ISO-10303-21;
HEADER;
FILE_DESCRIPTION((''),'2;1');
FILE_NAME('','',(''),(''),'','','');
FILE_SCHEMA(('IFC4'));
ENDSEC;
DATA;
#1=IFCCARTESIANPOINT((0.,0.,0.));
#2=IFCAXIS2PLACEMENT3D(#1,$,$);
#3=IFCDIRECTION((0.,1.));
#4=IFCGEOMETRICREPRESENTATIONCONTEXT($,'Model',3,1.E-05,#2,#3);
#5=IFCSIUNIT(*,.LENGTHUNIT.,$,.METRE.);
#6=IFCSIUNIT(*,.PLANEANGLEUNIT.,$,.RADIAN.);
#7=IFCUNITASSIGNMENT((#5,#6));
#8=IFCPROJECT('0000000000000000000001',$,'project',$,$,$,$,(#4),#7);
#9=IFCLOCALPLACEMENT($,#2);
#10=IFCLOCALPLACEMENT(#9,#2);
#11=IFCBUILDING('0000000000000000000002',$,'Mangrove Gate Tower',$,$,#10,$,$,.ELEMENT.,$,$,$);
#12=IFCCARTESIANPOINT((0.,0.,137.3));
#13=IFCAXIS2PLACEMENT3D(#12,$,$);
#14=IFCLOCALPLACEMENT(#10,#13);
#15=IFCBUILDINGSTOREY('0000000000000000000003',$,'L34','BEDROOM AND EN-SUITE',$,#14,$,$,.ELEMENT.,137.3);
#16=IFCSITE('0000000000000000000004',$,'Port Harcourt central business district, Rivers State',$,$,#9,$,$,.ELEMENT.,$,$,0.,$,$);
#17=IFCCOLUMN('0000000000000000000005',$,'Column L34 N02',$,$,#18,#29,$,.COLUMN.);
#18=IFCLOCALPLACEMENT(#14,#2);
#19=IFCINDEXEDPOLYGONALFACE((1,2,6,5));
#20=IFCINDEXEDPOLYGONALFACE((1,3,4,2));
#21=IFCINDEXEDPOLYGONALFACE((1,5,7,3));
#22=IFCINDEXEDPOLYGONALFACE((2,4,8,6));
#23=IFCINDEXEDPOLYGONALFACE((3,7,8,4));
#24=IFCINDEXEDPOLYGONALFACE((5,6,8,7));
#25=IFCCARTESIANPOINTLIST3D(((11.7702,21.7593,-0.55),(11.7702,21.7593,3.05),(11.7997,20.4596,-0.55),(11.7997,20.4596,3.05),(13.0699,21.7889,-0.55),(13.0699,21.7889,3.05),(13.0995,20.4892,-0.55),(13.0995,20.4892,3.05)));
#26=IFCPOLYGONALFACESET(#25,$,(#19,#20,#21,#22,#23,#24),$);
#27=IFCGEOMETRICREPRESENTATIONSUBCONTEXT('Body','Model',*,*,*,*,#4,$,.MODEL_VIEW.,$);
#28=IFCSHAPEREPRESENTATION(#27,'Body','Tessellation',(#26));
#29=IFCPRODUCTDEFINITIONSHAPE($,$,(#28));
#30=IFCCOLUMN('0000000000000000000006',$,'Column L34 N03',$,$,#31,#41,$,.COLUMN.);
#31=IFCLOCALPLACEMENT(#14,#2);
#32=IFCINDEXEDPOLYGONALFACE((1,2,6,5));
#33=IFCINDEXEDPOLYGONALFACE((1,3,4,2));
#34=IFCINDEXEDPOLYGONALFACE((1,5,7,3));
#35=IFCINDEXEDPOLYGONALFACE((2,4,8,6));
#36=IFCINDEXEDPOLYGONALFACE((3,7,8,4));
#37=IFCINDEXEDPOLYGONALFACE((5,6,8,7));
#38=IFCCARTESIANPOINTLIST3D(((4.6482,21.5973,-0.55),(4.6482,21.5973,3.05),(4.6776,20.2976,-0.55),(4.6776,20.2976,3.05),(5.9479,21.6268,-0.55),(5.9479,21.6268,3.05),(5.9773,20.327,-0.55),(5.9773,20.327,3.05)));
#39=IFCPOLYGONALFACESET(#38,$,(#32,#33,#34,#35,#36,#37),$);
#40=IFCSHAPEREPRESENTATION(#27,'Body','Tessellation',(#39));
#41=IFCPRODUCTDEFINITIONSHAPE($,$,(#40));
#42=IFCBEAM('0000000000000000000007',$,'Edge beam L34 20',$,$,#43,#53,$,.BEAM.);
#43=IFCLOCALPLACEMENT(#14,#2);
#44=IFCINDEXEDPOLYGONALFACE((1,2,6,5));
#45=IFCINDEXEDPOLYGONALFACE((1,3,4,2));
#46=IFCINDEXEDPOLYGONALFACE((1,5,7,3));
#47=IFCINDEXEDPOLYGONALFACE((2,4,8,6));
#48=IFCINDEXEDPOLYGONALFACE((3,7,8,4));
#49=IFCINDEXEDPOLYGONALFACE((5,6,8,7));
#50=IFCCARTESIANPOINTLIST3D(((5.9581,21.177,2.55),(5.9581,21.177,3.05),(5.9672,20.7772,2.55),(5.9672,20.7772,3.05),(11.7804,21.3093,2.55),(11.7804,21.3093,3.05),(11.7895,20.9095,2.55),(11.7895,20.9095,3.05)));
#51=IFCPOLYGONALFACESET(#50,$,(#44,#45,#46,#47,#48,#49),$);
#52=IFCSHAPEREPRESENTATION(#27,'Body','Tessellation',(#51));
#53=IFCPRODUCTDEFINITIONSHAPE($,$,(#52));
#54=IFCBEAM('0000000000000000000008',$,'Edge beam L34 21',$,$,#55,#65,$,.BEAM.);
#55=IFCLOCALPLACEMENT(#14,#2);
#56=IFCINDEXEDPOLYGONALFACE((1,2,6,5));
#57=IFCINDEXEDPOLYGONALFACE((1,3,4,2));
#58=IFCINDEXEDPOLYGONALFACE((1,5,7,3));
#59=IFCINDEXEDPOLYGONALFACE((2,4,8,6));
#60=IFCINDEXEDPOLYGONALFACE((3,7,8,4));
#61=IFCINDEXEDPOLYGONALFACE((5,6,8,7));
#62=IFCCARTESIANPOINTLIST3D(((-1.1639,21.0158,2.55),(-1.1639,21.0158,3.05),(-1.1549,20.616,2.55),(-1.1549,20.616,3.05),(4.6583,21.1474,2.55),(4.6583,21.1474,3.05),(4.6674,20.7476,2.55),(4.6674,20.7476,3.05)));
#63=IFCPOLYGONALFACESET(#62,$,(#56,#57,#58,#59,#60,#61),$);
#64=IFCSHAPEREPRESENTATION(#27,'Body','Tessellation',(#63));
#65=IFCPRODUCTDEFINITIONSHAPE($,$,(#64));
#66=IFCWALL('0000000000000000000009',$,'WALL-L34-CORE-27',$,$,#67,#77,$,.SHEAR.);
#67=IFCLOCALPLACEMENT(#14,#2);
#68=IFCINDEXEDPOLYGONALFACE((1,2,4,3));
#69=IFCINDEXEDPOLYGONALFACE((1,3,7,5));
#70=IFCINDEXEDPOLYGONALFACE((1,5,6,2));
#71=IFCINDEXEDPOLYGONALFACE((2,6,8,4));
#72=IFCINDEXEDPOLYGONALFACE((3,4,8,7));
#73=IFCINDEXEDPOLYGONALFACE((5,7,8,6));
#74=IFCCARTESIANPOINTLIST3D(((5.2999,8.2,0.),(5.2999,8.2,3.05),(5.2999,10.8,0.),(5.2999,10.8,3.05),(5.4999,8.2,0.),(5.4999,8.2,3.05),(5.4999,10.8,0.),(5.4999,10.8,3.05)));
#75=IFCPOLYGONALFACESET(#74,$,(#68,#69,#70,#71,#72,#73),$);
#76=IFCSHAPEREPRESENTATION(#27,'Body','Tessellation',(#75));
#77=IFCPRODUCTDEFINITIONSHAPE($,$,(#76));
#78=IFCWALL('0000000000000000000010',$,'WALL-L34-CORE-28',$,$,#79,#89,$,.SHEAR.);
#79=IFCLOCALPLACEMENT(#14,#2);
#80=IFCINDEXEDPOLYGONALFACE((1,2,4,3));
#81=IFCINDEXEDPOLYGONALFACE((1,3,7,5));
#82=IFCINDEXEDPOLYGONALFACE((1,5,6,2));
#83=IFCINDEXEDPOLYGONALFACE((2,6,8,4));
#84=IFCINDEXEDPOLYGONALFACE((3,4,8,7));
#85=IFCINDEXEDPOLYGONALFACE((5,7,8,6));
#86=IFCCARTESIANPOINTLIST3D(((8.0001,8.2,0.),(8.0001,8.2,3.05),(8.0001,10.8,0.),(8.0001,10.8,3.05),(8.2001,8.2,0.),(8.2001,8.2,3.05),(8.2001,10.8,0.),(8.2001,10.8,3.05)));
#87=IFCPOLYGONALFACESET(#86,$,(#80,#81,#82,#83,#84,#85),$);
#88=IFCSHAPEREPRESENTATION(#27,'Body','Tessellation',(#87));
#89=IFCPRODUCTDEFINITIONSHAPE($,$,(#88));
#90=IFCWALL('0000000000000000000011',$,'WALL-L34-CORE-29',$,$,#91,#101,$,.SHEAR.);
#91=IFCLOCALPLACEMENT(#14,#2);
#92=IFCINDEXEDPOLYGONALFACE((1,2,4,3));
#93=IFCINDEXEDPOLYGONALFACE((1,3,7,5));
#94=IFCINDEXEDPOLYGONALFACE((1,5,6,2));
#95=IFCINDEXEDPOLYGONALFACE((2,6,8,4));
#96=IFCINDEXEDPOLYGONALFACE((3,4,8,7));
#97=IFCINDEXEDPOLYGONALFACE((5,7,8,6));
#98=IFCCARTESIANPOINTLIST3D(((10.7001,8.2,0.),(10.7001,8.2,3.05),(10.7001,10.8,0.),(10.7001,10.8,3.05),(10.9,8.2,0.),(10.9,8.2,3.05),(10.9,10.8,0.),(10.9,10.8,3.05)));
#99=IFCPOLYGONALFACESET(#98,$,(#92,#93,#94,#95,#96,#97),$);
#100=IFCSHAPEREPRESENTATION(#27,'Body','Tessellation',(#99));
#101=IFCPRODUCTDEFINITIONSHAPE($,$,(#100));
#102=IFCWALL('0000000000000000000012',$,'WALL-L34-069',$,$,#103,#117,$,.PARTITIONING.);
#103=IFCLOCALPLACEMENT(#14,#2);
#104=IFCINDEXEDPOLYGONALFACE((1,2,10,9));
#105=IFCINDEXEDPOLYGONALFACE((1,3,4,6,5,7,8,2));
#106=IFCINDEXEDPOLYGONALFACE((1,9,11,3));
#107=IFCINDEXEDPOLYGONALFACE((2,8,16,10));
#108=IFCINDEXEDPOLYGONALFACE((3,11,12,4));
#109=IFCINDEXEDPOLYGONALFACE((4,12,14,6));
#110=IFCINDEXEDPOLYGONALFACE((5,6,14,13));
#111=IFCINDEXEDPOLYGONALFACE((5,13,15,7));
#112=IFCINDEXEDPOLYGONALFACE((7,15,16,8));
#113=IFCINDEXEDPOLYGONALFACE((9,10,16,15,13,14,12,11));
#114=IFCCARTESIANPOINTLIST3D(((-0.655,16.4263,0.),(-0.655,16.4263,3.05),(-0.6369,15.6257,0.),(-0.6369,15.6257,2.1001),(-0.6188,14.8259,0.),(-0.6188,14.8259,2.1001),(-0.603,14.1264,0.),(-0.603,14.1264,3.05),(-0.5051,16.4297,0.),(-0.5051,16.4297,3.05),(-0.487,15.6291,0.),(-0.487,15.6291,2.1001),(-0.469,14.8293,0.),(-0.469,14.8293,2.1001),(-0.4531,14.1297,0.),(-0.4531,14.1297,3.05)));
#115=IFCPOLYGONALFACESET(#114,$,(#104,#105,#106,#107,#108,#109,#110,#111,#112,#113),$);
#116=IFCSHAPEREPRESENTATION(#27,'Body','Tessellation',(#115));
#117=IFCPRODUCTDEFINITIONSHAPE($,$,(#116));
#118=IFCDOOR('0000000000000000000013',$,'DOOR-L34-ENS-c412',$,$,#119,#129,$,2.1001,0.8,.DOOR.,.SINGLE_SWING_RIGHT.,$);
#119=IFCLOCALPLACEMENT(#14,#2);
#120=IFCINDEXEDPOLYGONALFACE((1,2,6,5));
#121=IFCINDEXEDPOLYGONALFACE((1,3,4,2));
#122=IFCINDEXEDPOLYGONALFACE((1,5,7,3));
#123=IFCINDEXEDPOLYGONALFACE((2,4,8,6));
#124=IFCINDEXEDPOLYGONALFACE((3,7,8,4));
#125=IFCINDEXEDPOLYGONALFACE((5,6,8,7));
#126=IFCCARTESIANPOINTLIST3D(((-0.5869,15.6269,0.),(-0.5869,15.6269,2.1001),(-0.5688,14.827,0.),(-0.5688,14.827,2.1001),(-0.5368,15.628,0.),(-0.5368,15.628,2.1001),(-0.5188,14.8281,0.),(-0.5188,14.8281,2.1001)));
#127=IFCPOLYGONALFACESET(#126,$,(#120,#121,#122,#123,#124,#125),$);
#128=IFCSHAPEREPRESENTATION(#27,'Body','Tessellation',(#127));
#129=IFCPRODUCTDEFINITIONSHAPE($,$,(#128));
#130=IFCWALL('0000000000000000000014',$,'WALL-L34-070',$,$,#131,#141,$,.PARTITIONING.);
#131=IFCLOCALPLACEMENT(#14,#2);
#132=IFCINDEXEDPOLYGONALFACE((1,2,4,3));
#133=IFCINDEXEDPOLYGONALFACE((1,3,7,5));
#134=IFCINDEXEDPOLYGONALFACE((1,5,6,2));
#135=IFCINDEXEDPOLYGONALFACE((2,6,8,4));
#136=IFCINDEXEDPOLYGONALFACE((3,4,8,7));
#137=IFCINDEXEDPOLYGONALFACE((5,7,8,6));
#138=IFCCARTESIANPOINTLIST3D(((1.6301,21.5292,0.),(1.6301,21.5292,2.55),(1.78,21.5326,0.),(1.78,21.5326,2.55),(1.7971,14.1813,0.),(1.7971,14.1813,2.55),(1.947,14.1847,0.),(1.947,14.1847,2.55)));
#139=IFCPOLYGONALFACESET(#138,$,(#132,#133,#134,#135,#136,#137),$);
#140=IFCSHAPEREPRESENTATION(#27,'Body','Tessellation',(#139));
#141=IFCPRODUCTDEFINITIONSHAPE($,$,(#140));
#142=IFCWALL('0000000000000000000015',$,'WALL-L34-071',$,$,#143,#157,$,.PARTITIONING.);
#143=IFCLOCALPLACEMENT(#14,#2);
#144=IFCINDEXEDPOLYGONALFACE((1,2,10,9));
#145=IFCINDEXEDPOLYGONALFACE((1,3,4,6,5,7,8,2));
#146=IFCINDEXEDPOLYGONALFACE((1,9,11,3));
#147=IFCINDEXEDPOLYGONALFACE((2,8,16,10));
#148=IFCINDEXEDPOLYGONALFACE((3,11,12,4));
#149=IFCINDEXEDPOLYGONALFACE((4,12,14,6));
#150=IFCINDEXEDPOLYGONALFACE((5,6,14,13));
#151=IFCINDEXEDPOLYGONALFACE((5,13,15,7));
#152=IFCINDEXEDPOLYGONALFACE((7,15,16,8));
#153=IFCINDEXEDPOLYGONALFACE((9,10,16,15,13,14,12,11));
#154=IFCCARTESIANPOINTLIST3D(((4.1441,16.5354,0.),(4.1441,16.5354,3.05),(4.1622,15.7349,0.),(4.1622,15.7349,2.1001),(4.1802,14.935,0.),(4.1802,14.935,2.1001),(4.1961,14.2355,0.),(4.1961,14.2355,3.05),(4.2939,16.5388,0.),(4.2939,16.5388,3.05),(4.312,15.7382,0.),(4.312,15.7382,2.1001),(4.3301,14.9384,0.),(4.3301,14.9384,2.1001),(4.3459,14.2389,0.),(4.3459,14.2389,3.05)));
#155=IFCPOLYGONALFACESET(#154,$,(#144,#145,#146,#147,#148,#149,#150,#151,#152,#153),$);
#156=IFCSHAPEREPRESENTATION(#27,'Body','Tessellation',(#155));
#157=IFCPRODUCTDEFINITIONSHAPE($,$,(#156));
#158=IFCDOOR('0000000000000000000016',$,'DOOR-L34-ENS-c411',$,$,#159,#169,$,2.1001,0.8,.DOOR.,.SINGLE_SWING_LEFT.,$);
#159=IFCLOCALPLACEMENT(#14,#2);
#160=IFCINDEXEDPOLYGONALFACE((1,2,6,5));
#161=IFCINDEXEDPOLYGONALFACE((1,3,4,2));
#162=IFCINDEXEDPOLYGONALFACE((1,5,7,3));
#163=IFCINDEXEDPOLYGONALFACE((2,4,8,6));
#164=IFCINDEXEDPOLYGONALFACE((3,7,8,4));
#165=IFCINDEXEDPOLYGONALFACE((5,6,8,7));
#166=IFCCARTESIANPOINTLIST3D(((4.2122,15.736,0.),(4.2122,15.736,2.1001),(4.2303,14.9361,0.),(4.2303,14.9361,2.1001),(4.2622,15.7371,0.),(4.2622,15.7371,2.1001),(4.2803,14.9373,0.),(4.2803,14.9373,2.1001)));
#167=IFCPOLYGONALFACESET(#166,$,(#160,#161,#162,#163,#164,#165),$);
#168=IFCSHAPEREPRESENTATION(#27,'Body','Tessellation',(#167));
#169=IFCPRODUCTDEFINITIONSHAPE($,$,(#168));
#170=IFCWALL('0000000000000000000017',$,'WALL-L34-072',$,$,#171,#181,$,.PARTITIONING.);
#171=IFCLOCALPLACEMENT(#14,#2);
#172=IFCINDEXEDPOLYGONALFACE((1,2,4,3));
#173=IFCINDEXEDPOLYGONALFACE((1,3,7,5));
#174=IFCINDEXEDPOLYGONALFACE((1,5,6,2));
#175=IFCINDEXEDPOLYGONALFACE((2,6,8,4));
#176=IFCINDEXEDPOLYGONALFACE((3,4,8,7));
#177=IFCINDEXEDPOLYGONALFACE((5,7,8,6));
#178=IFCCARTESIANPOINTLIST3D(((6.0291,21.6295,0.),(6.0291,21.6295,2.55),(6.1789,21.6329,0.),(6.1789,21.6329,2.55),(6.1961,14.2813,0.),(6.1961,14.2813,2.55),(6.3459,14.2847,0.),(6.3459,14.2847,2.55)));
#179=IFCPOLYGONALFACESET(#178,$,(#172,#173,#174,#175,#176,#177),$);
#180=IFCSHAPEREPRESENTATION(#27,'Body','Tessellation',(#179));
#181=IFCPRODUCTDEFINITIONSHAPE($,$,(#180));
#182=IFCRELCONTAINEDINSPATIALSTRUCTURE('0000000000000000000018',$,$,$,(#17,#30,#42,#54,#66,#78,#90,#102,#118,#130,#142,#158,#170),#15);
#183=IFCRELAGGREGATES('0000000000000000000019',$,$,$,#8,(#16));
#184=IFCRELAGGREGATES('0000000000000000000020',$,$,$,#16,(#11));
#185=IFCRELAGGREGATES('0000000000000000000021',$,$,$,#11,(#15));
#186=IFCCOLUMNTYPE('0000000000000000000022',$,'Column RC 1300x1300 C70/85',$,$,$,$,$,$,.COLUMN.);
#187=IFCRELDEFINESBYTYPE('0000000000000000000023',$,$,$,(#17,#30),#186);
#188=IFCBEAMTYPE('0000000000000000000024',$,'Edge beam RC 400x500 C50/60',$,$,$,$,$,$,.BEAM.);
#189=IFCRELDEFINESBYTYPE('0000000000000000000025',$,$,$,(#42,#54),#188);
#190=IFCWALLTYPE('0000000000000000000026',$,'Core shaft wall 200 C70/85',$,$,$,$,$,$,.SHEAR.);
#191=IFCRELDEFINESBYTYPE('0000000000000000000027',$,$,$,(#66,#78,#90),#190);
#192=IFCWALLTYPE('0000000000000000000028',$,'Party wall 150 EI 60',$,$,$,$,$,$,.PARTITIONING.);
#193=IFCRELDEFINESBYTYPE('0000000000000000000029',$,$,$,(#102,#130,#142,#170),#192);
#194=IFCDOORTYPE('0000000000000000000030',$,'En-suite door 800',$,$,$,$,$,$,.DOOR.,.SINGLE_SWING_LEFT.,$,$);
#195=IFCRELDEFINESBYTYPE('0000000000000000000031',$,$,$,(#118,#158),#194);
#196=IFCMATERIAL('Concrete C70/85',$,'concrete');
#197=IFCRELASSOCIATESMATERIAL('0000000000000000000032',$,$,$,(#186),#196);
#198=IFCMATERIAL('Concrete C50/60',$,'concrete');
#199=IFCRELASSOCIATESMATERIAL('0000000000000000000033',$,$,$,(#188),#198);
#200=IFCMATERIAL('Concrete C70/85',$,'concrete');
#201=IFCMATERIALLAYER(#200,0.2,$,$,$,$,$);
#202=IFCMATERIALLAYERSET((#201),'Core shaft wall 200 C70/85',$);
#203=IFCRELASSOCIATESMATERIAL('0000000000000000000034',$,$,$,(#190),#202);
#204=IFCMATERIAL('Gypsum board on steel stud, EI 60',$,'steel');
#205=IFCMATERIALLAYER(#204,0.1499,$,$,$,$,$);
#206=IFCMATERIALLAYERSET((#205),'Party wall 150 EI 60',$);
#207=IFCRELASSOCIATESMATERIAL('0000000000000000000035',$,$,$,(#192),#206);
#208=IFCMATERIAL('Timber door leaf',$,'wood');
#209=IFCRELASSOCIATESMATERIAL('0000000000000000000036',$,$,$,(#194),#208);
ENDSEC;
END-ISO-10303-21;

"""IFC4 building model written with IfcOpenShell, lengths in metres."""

from ifc_helpers import new_model, si_unit, direction, frame, frame_2d, origin, origin_2d, place, context, subcontext, project, spatial, rectangle, extrude, material, layer, layer_set, material_profile, profile_set, type_object, element, fill, save


model = new_model("IFC4")

# Units and contexts
model_context = context("Model", 3, precision=1e-05, world=origin(), true_north=direction((0.0, 1.0)))
body_context = subcontext(model_context, "Body", "Model", "MODEL_VIEW")
ifc_project = project(units=[si_unit("LENGTHUNIT", "METRE"), si_unit("PLANEANGLEUNIT", "RADIAN")], contexts=[model_context])

# Site, building, storey
site_placement = place(None, origin())
site = spatial("IfcSite", under=ifc_project, at=site_placement, Name="Port Harcourt central business district, Rivers State", CompositionType="ELEMENT", RefElevation=0.0)
building_placement = place(site_placement, origin())
building = spatial("IfcBuilding", under=site, at=building_placement, Name="Mangrove Gate Tower", CompositionType="ELEMENT")
storey_placement = place(building_placement, frame((0.0, 0.0, 137.3)))
storey = spatial("IfcBuildingStorey", under=building, at=storey_placement, Name="L34", Description="BEDROOM AND EN-SUITE", CompositionType="ELEMENT", Elevation=137.3)

# Columns
ifc_material_1 = material(Name="Concrete C70/85", Category="concrete")
ifc_material_profile_1 = material_profile(ifc_material_1, rectangle(XDim=1.3, YDim=1.3, at=origin_2d()))
ifc_profile_set_1 = profile_set([ifc_material_profile_1], Name="Concrete C70/85")
column_type = type_object("IfcColumnType", Name="Column RC 1300x1300 C70/85", PredefinedType="COLUMN", material=ifc_profile_set_1)
for number, where, z_axis, x_axis, name in (
    (1, (12.4348, 21.1243, -0.55), (0.0, 0.0, 1.0), (-0.999741, -0.022741, 0.0), "Column L34 N02"),
    (2, (5.3127, 20.9622, -0.55), (0.0, 0.0, 1.0), (-0.999743, -0.02267, 0.0), "Column L34 N03"),
):
    element("IfcColumn", number, at=place(storey_placement, frame(where, z_axis=z_axis, x_axis=x_axis)), inside=storey, type_object=column_type, Name=name, PredefinedType="COLUMN", context=body_context, shape_type="SweptSolid", body=[
        extrude(rectangle(XDim=1.3, YDim=1.3, at=origin_2d()), origin(), (0.0, 0.0, 1.0), 3.6001),
    ])

# Beams
ifc_material_2 = material(Name="Concrete C50/60", Category="concrete")
ifc_material_profile_2 = material_profile(ifc_material_2, rectangle(XDim=0.3999, YDim=0.5, at=origin_2d()))
ifc_profile_set_2 = profile_set([ifc_material_profile_2], Name="Concrete C50/60")
beam_type = type_object("IfcBeamType", Name="Edge beam RC 400x500 C50/60", PredefinedType="BEAM", material=ifc_profile_set_2)
for number, where, z_axis, x_axis, name in (
    (3, (11.7849, 21.1094, 2.8), (-0.999742, -0.022721, 0.0), (0.022721, -0.999742, 0.0), "Edge beam L34 20"),
    (4, (4.6628, 20.9475, 2.8), (-0.999745, -0.022596, 0.0), (0.022596, -0.999745, 0.0), "Edge beam L34 21"),
):
    element("IfcBeam", number, at=place(storey_placement, frame(where, z_axis=z_axis, x_axis=x_axis)), inside=storey, type_object=beam_type, Name=name, PredefinedType="BEAM", context=body_context, shape_type="SweptSolid", body=[
        extrude(rectangle(XDim=0.3999, YDim=0.5, at=origin_2d()), origin(), (0.0, 0.0, 1.0), 5.8237),
    ])

# Walls
ifc_material_3 = material(Name="Concrete C70/85", Category="concrete")
ifc_layer_1 = layer(ifc_material_3, 0.2)
ifc_layer_set_1 = layer_set([ifc_layer_1], Name="Core shaft wall 200 C70/85")
wall_type_1 = type_object("IfcWallType", Name="Core shaft wall 200 C70/85", PredefinedType="SHEAR", material=ifc_layer_set_1)
for number, where, z_axis, x_axis, name in (
    (5, (5.3999, 8.2, 0.0), (0.0, 0.0, 1.0), (0.0, 1.0, 0.0), "WALL-L34-CORE-27"),
    (6, (8.1001, 8.2, 0.0), (0.0, 0.0, 1.0), (0.0, 1.0, 0.0), "WALL-L34-CORE-28"),
    (7, (10.8, 8.2, 0.0), (0.0, 0.0, 1.0), (0.0, 1.0, 0.0), "WALL-L34-CORE-29"),
):
    element("IfcWall", number, at=place(storey_placement, frame(where, z_axis=z_axis, x_axis=x_axis)), inside=storey, type_object=wall_type_1, Name=name, PredefinedType="SHEAR", context=body_context, shape_type="SweptSolid", body=[
        extrude(rectangle(XDim=2.6001, YDim=0.2, at=frame_2d((1.3, 0.0))), origin(), (0.0, 0.0, 1.0), 3.05),
    ])

# Wall, opening, door
ifc_material_4 = material(Name="Gypsum board on steel stud, EI 60", Category="steel")
ifc_layer_2 = layer(ifc_material_4, 0.1499)
ifc_layer_set_2 = layer_set([ifc_layer_2], Name="Party wall 150 EI 60")
wall_type_2 = type_object("IfcWallType", Name="Party wall 150 EI 60", PredefinedType="PARTITIONING", material=ifc_layer_set_2)
wall_1_placement = place(storey_placement, frame((-0.5281, 14.1279, 0.0), z_axis=(0.0, 0.0, 1.0), x_axis=(-0.022603, 0.999745, 0.0)))
wall_1 = element("IfcWall", 8, at=wall_1_placement, inside=storey, type_object=wall_type_2, Name="WALL-L34-069", PredefinedType="PARTITIONING", context=body_context, shape_type="SweptSolid", body=[
    extrude(rectangle(XDim=2.3005, YDim=0.1499, at=frame_2d((1.1504, 0.0))), origin(), (0.0, 0.0, 1.0), 3.05),
])
opening_1_placement = place(wall_1_placement, frame((0.7, 0.0, 0.0)))
opening_1 = element("IfcOpeningElement", 9, at=opening_1_placement, cuts=wall_1, PredefinedType="OPENING", context=body_context, shape_type="SweptSolid", body=[
    extrude(rectangle(XDim=0.8, YDim=2.1001, at=frame_2d((0.3999, 1.05))), frame((0.0, 0.085, 0.0), z_axis=(0.0, -1.0, 0.0), x_axis=(1.0, 0.0, 0.0)), (0.0, 0.0, 1.0), 0.1699),
])
ifc_material_5 = material(Name="Timber door leaf", Category="wood")
door_type = type_object("IfcDoorType", Name="En-suite door 800", OperationType="SINGLE_SWING_LEFT", PredefinedType="DOOR", material=ifc_material_5)
door_1_placement = place(opening_1_placement, origin())
door_1 = element("IfcDoor", 10, at=door_1_placement, inside=storey, type_object=door_type, Name="DOOR-L34-ENS-c412", OperationType="SINGLE_SWING_RIGHT", OverallHeight=2.1001, OverallWidth=0.8, PredefinedType="DOOR", context=body_context, shape_type="SweptSolid", body=[
    extrude(rectangle(XDim=0.8, YDim=2.1001, at=frame_2d((0.3999, 1.05))), frame((0.0, 0.0249, 0.0), z_axis=(0.0, -1.0, 0.0), x_axis=(1.0, 0.0, 0.0)), (0.0, 0.0, 1.0), 0.05),
])
fill(opening_1, door_1)

# Wall
wall_2_placement = place(storey_placement, frame((1.8721, 14.1831, 0.0), z_axis=(0.0, 0.0, 1.0), x_axis=(-0.022721, 0.999742, 0.0)))
element("IfcWall", 11, at=wall_2_placement, inside=storey, type_object=wall_type_2, Name="WALL-L34-070", PredefinedType="PARTITIONING", context=body_context, shape_type="SweptSolid", body=[
    extrude(rectangle(XDim=7.3499, YDim=0.1499, at=frame_2d((3.6748, 0.0))), origin(), (0.0, 0.0, 1.0), 2.55),
])

# Wall, opening, door
wall_3_placement = place(storey_placement, frame((4.271, 14.2371, 0.0), z_axis=(0.0, 0.0, 1.0), x_axis=(-0.022603, 0.999745, 0.0)))
wall_3 = element("IfcWall", 12, at=wall_3_placement, inside=storey, type_object=wall_type_2, Name="WALL-L34-071", PredefinedType="PARTITIONING", context=body_context, shape_type="SweptSolid", body=[
    extrude(rectangle(XDim=2.3005, YDim=0.1499, at=frame_2d((1.1504, 0.0))), origin(), (0.0, 0.0, 1.0), 3.05),
])
opening_2_placement = place(wall_3_placement, frame((0.7, 0.0, 0.0)))
opening_2 = element("IfcOpeningElement", 13, at=opening_2_placement, cuts=wall_3, PredefinedType="OPENING", context=body_context, shape_type="SweptSolid", body=[
    extrude(rectangle(XDim=0.8, YDim=2.1001, at=frame_2d((0.3999, 1.05))), frame((0.0, 0.085, 0.0), z_axis=(0.0, -1.0, 0.0), x_axis=(1.0, 0.0, 0.0)), (0.0, 0.0, 1.0), 0.1699),
])
door_2_placement = place(opening_2_placement, origin())
door_2 = element("IfcDoor", 14, at=door_2_placement, inside=storey, type_object=door_type, Name="DOOR-L34-ENS-c411", OperationType="SINGLE_SWING_LEFT", OverallHeight=2.1001, OverallWidth=0.8, PredefinedType="DOOR", context=body_context, shape_type="SweptSolid", body=[
    extrude(rectangle(XDim=0.8, YDim=2.1001, at=frame_2d((0.3999, 1.05))), frame((0.0, 0.0249, 0.0), z_axis=(0.0, -1.0, 0.0), x_axis=(1.0, 0.0, 0.0)), (0.0, 0.0, 1.0), 0.05),
])
fill(opening_2, door_2)

# Wall
wall_4_placement = place(storey_placement, frame((6.271, 14.283, 0.0), z_axis=(0.0, 0.0, 1.0), x_axis=(-0.02272, 0.999742, 0.0)))
element("IfcWall", 15, at=wall_4_placement, inside=storey, type_object=wall_type_2, Name="WALL-L34-072", PredefinedType="PARTITIONING", context=body_context, shape_type="SweptSolid", body=[
    extrude(rectangle(XDim=7.3501, YDim=0.1499, at=frame_2d((3.675, 0.0))), origin(), (0.0, 0.0, 1.0), 2.55),
])

save(model, "model.ifc")
